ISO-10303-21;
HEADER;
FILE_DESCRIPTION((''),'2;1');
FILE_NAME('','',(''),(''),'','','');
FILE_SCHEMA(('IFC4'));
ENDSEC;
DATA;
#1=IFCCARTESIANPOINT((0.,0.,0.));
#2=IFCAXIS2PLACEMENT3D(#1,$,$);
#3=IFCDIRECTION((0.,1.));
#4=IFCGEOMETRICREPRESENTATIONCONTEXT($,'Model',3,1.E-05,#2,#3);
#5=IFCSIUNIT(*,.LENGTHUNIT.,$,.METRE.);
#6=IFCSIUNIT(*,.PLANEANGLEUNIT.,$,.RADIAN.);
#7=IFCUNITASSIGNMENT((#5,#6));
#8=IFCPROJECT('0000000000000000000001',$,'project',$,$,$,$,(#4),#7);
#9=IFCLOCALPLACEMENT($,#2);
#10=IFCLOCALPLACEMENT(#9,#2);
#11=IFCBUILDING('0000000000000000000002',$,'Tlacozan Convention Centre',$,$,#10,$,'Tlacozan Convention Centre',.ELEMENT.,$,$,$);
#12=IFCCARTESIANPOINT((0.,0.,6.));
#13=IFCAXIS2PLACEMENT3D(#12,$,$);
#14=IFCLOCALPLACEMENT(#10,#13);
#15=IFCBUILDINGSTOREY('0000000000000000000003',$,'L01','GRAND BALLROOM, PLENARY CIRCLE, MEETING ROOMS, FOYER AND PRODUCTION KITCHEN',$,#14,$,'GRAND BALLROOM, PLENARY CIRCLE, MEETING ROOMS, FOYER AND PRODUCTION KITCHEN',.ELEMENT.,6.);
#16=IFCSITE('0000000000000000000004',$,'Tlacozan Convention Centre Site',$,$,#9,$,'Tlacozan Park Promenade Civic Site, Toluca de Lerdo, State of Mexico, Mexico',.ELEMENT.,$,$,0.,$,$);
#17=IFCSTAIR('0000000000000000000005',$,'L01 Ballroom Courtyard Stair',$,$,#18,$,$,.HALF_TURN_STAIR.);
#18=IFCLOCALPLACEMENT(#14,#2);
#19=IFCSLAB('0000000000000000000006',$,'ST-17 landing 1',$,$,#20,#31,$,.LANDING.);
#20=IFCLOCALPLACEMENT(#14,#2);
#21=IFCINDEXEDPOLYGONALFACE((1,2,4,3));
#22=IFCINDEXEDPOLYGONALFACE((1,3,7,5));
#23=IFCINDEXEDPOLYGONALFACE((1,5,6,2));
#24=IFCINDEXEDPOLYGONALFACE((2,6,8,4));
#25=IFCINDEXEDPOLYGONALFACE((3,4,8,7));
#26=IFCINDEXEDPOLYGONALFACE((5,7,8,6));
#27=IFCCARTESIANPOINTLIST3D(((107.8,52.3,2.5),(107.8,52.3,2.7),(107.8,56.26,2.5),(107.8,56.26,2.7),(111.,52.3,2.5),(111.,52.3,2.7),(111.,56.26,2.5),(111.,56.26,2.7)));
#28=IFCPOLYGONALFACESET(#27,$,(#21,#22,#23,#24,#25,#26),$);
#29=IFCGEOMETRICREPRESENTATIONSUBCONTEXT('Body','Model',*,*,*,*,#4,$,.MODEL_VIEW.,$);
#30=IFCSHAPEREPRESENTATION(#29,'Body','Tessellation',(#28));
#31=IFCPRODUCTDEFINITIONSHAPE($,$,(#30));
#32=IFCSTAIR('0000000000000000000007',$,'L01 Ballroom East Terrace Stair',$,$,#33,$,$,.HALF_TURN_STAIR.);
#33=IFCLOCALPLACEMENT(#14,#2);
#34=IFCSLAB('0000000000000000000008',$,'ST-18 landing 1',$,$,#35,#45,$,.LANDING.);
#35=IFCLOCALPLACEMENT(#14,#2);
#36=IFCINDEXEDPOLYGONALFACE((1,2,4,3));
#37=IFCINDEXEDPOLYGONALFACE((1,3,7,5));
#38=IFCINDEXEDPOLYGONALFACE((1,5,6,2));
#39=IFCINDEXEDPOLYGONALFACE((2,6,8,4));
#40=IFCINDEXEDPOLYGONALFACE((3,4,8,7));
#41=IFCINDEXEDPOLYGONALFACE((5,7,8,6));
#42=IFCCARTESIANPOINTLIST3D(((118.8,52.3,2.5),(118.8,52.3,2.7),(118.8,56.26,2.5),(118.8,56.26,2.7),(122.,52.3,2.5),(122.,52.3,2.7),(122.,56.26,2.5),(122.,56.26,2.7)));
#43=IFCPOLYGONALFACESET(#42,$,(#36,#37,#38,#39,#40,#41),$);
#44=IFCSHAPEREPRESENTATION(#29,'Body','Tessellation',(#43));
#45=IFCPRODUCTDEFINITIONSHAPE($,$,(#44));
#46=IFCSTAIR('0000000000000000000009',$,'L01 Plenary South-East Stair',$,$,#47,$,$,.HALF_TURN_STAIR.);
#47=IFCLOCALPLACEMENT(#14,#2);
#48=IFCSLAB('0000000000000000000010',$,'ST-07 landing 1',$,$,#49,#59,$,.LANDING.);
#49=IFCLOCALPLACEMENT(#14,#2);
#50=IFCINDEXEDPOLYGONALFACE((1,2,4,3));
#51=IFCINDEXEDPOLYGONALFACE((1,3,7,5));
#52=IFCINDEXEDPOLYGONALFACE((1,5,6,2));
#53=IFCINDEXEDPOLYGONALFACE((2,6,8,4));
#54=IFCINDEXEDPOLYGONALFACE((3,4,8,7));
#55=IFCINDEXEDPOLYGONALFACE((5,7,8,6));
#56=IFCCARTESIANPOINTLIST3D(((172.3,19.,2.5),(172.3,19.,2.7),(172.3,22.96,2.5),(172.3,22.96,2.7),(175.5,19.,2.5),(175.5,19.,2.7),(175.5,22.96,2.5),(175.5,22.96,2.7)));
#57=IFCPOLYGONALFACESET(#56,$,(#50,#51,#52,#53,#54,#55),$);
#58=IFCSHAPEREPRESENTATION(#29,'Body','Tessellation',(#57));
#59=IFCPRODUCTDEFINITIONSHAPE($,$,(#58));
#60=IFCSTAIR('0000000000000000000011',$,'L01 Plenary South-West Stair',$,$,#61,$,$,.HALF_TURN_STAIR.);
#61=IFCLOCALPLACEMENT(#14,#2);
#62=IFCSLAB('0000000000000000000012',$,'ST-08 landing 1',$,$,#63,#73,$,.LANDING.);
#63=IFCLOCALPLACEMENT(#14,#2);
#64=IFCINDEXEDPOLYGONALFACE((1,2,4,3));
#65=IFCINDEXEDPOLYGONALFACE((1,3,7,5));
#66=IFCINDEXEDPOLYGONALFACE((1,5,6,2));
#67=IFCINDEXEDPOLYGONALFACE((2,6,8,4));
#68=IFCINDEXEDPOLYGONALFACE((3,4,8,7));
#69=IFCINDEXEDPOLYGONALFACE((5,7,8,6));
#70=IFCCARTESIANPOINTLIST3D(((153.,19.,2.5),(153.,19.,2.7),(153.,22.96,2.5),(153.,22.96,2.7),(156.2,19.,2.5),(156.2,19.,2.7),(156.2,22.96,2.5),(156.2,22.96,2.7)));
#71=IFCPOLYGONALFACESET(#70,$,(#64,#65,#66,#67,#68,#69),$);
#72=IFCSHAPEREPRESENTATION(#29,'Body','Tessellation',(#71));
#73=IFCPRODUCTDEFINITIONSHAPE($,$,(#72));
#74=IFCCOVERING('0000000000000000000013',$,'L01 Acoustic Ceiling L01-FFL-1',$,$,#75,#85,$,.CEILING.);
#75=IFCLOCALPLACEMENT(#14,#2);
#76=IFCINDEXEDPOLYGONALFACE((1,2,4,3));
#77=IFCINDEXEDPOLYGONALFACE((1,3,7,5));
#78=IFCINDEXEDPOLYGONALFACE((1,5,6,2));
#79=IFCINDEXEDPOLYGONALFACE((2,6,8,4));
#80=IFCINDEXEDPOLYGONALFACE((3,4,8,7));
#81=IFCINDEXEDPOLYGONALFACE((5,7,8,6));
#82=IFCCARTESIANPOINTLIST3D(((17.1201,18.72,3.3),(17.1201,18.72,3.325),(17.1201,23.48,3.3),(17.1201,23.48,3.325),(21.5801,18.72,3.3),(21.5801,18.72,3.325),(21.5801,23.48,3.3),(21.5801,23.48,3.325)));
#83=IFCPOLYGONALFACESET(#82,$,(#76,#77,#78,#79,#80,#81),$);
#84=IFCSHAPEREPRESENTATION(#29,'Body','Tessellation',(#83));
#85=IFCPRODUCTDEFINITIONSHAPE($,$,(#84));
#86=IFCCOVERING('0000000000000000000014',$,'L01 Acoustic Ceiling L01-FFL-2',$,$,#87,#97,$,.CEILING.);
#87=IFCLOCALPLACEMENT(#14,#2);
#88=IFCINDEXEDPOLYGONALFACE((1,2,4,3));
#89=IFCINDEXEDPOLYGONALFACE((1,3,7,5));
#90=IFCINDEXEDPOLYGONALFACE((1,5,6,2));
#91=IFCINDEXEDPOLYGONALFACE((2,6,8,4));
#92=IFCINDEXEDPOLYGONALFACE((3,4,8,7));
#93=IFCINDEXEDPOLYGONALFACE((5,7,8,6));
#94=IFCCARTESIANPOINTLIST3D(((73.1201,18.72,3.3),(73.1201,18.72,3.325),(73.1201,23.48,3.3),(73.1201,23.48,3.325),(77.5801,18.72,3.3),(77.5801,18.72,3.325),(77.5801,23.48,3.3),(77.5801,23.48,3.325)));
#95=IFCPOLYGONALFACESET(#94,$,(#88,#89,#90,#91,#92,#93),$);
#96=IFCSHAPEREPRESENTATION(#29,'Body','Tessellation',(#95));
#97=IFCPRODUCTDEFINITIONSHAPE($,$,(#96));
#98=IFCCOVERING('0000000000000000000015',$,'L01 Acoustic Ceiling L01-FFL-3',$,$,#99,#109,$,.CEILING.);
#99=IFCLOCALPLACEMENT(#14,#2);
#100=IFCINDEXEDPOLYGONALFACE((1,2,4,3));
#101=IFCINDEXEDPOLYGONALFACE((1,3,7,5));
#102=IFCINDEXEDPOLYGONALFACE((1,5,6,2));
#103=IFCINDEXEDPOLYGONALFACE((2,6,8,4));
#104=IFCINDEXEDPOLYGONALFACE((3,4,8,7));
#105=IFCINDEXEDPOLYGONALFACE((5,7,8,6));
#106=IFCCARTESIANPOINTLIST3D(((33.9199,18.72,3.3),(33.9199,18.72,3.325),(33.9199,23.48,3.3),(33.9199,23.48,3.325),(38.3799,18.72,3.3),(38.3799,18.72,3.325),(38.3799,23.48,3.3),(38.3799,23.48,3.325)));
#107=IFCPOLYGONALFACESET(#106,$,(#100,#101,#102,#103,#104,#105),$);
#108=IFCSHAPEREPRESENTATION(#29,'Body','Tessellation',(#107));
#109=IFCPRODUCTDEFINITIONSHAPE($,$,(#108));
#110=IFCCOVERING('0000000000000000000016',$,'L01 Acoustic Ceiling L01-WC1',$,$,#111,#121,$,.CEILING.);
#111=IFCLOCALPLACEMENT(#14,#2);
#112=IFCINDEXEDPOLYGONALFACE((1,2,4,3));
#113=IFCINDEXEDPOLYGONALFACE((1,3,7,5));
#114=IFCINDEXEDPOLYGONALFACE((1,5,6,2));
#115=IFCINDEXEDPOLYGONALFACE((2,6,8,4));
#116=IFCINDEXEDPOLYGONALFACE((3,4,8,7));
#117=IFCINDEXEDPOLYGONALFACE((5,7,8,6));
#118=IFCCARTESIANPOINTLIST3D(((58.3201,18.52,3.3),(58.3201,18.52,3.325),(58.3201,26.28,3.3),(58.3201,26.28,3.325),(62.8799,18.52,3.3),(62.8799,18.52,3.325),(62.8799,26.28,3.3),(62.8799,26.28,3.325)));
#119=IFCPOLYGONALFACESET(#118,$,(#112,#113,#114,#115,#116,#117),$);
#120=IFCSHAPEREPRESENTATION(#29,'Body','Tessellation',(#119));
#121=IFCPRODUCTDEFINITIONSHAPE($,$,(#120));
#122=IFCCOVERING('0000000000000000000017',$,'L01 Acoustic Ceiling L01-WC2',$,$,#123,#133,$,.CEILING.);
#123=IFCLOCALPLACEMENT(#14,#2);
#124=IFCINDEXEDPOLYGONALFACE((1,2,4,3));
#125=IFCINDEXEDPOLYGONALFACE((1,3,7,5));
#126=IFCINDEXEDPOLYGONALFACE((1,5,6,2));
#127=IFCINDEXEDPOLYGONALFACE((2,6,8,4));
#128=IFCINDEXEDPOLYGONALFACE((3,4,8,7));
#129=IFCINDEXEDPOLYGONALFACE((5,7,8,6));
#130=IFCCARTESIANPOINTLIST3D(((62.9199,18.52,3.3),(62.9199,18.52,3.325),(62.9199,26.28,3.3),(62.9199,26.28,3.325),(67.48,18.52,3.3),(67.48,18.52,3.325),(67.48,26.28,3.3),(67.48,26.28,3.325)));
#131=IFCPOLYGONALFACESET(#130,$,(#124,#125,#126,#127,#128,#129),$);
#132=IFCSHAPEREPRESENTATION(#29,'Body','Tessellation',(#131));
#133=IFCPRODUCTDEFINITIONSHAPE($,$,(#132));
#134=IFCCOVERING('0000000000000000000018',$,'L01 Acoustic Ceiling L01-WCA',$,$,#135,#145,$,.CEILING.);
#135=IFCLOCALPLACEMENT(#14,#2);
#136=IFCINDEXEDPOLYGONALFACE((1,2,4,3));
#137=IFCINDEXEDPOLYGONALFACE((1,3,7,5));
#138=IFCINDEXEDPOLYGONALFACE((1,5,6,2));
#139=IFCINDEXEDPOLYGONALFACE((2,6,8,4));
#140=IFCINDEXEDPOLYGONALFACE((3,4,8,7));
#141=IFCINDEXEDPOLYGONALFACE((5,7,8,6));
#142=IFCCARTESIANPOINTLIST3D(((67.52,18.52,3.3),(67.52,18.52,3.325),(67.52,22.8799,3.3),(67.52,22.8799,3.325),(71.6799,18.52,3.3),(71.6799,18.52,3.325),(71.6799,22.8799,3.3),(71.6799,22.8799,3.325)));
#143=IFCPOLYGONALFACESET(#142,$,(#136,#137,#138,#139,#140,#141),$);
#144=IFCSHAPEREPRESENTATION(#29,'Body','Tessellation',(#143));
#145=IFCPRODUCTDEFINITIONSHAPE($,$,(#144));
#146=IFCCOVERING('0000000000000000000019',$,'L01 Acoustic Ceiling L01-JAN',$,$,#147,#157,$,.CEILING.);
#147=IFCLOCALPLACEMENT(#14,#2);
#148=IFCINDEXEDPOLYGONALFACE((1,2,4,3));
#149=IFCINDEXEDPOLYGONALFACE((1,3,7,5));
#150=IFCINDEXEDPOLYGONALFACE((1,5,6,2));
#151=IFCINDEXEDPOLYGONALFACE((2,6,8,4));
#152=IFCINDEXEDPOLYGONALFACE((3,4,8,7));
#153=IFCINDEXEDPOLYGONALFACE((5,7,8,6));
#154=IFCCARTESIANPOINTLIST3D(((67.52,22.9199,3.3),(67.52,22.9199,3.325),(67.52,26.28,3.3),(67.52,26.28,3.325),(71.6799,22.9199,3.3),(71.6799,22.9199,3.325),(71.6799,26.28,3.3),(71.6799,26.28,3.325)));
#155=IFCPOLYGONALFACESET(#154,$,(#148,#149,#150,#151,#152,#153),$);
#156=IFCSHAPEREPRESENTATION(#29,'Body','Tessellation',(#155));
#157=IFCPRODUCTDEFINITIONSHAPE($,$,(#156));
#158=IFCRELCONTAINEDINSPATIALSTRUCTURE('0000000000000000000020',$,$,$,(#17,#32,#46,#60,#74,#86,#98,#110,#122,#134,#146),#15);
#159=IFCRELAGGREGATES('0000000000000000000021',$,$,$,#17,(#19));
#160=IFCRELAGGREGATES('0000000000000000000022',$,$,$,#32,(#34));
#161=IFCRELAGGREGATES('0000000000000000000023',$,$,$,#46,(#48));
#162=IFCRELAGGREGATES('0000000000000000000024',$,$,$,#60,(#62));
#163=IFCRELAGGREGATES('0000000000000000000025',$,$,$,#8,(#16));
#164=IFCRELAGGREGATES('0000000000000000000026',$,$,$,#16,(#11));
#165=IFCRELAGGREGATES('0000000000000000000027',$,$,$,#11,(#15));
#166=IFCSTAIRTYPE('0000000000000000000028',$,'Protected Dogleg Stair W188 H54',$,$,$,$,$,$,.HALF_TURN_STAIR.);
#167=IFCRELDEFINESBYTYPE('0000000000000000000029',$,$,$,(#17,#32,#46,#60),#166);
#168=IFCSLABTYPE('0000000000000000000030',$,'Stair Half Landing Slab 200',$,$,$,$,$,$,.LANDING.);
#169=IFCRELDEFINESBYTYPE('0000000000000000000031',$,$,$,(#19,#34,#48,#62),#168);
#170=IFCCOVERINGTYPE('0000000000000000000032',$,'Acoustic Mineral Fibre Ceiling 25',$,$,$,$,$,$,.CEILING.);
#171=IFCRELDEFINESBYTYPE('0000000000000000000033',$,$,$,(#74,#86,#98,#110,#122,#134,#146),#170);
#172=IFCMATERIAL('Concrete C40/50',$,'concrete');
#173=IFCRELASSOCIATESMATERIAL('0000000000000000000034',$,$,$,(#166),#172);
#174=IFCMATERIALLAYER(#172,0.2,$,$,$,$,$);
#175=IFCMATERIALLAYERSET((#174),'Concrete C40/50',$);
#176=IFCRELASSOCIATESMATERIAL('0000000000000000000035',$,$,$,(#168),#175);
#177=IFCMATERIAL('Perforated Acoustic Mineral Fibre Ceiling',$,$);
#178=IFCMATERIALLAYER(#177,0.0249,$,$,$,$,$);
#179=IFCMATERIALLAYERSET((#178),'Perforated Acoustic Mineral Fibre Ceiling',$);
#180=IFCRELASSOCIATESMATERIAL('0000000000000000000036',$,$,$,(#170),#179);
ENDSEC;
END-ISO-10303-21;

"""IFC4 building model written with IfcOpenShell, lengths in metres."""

from ifc_helpers import new_model, si_unit, direction, frame, origin, place, context, subcontext, project, spatial, polyline, outline, extrude, material, layer, layer_set, type_object, element, aggregate, save


model = new_model("IFC4")

# Units and contexts
model_context = context("Model", 3, precision=1e-05, world=origin(), true_north=direction((0.0, 1.0)))
body_context = subcontext(model_context, "Body", "Model", "MODEL_VIEW")
ifc_project = project(units=[si_unit("LENGTHUNIT", "METRE"), si_unit("PLANEANGLEUNIT", "RADIAN")], contexts=[model_context])

# Site, building, storey
site_placement = place(None, origin())
site = spatial("IfcSite", under=ifc_project, at=site_placement, Name="Tlacozan Convention Centre Site", LongName="Tlacozan Park Promenade Civic Site, Toluca de Lerdo, State of Mexico, Mexico", CompositionType="ELEMENT", RefElevation=0.0)
building_placement = place(site_placement, origin())
building = spatial("IfcBuilding", under=site, at=building_placement, Name="Tlacozan Convention Centre", LongName="Tlacozan Convention Centre", CompositionType="ELEMENT")
storey_placement = place(building_placement, frame((0.0, 0.0, 6.0)))
storey = spatial("IfcBuildingStorey", under=building, at=storey_placement, Name="L01", Description="GRAND BALLROOM, PLENARY CIRCLE, MEETING ROOMS, FOYER AND PRODUCTION KITCHEN", LongName="GRAND BALLROOM, PLENARY CIRCLE, MEETING ROOMS, FOYER AND PRODUCTION KITCHEN", CompositionType="ELEMENT", Elevation=6.0)

# Stairs, slabs
ifc_material_1 = material(Name="Concrete C40/50", Category="concrete")
stair_type_1 = type_object("IfcStairType", Name="Protected Dogleg Stair W188 H54", PredefinedType="HALF_TURN_STAIR", material=ifc_material_1)
ifc_layer_1 = layer(ifc_material_1, 0.2)
ifc_layer_set_1 = layer_set([ifc_layer_1], Name="Concrete C40/50")
slab_type = type_object("IfcSlabType", Name="Stair Half Landing Slab 200", PredefinedType="LANDING", material=ifc_layer_set_1)
stair_1_placement = place(storey_placement, origin())
stair_1 = element("IfcStair", 1, at=stair_1_placement, inside=storey, type_object=stair_type_1, Name="L01 Ballroom Courtyard Stair", PredefinedType="HALF_TURN_STAIR")
slab_1_placement = place(storey_placement, frame((0.0, 0.0, 2.5)))
slab_1 = element("IfcSlab", 2, at=slab_1_placement, type_object=slab_type, Name="ST-17 landing 1", PredefinedType="LANDING", context=body_context, shape_type="SweptSolid", body=[
    extrude(outline(polyline([(107.8, 52.3), (111.0, 52.3), (111.0, 56.26), (107.8, 56.26), (107.8, 52.3)])), origin(), (0.0, 0.0, 1.0), 0.2),
])
aggregate(stair_1, [slab_1])
stair_2_placement = place(storey_placement, origin())
stair_2 = element("IfcStair", 3, at=stair_2_placement, inside=storey, type_object=stair_type_1, Name="L01 Ballroom East Terrace Stair", PredefinedType="HALF_TURN_STAIR")
slab_2_placement = place(storey_placement, frame((0.0, 0.0, 2.5)))
slab_2 = element("IfcSlab", 4, at=slab_2_placement, type_object=slab_type, Name="ST-18 landing 1", PredefinedType="LANDING", context=body_context, shape_type="SweptSolid", body=[
    extrude(outline(polyline([(118.8, 52.3), (122.0, 52.3), (122.0, 56.26), (118.8, 56.26), (118.8, 52.3)])), origin(), (0.0, 0.0, 1.0), 0.2),
])
aggregate(stair_2, [slab_2])
stair_3_placement = place(storey_placement, origin())
stair_3 = element("IfcStair", 5, at=stair_3_placement, inside=storey, type_object=stair_type_1, Name="L01 Plenary South-East Stair", PredefinedType="HALF_TURN_STAIR")
slab_3_placement = place(storey_placement, frame((0.0, 0.0, 2.5)))
slab_3 = element("IfcSlab", 6, at=slab_3_placement, type_object=slab_type, Name="ST-07 landing 1", PredefinedType="LANDING", context=body_context, shape_type="SweptSolid", body=[
    extrude(outline(polyline([(172.3, 19.0), (175.5, 19.0), (175.5, 22.96), (172.3, 22.96), (172.3, 19.0)])), origin(), (0.0, 0.0, 1.0), 0.2),
])
aggregate(stair_3, [slab_3])
stair_4_placement = place(storey_placement, origin())
stair_4 = element("IfcStair", 7, at=stair_4_placement, inside=storey, type_object=stair_type_1, Name="L01 Plenary South-West Stair", PredefinedType="HALF_TURN_STAIR")
slab_4_placement = place(storey_placement, frame((0.0, 0.0, 2.5)))
slab_4 = element("IfcSlab", 8, at=slab_4_placement, type_object=slab_type, Name="ST-08 landing 1", PredefinedType="LANDING", context=body_context, shape_type="SweptSolid", body=[
    extrude(outline(polyline([(153.0, 19.0), (156.2, 19.0), (156.2, 22.96), (153.0, 22.96), (153.0, 19.0)])), origin(), (0.0, 0.0, 1.0), 0.2),
])
aggregate(stair_4, [slab_4])

# Coverings
ifc_material_2 = material(Name="Perforated Acoustic Mineral Fibre Ceiling")
ifc_layer_2 = layer(ifc_material_2, 0.0249)
ifc_layer_set_2 = layer_set([ifc_layer_2], Name="Perforated Acoustic Mineral Fibre Ceiling")
covering_type = type_object("IfcCoveringType", Name="Acoustic Mineral Fibre Ceiling 25", PredefinedType="CEILING", material=ifc_layer_set_2)
covering_1_placement = place(storey_placement, frame((0.0, 0.0, 3.3)))
element("IfcCovering", 9, at=covering_1_placement, inside=storey, type_object=covering_type, Name="L01 Acoustic Ceiling L01-FFL-1", PredefinedType="CEILING", context=body_context, shape_type="SweptSolid", body=[
    extrude(outline(polyline([(17.1201, 18.72), (21.5801, 18.72), (21.5801, 23.48), (17.1201, 23.48), (17.1201, 18.72)])), origin(), (0.0, 0.0, 1.0), 0.0249),
])
covering_2_placement = place(storey_placement, frame((0.0, 0.0, 3.3)))
element("IfcCovering", 10, at=covering_2_placement, inside=storey, type_object=covering_type, Name="L01 Acoustic Ceiling L01-FFL-2", PredefinedType="CEILING", context=body_context, shape_type="SweptSolid", body=[
    extrude(outline(polyline([(73.1201, 18.72), (77.5801, 18.72), (77.5801, 23.48), (73.1201, 23.48), (73.1201, 18.72)])), origin(), (0.0, 0.0, 1.0), 0.0249),
])
covering_3_placement = place(storey_placement, frame((0.0, 0.0, 3.3)))
element("IfcCovering", 11, at=covering_3_placement, inside=storey, type_object=covering_type, Name="L01 Acoustic Ceiling L01-FFL-3", PredefinedType="CEILING", context=body_context, shape_type="SweptSolid", body=[
    extrude(outline(polyline([(33.9199, 18.72), (38.3799, 18.72), (38.3799, 23.48), (33.9199, 23.48), (33.9199, 18.72)])), origin(), (0.0, 0.0, 1.0), 0.0249),
])
covering_4_placement = place(storey_placement, frame((0.0, 0.0, 3.3)))
element("IfcCovering", 12, at=covering_4_placement, inside=storey, type_object=covering_type, Name="L01 Acoustic Ceiling L01-WC1", PredefinedType="CEILING", context=body_context, shape_type="SweptSolid", body=[
    extrude(outline(polyline([(58.3201, 18.52), (62.8799, 18.52), (62.8799, 26.28), (58.3201, 26.28), (58.3201, 18.52)])), origin(), (0.0, 0.0, 1.0), 0.0249),
])
covering_5_placement = place(storey_placement, frame((0.0, 0.0, 3.3)))
element("IfcCovering", 13, at=covering_5_placement, inside=storey, type_object=covering_type, Name="L01 Acoustic Ceiling L01-WC2", PredefinedType="CEILING", context=body_context, shape_type="SweptSolid", body=[
    extrude(outline(polyline([(62.9199, 18.52), (67.48, 18.52), (67.48, 26.28), (62.9199, 26.28), (62.9199, 18.52)])), origin(), (0.0, 0.0, 1.0), 0.0249),
])
covering_6_placement = place(storey_placement, frame((0.0, 0.0, 3.3)))
element("IfcCovering", 14, at=covering_6_placement, inside=storey, type_object=covering_type, Name="L01 Acoustic Ceiling L01-WCA", PredefinedType="CEILING", context=body_context, shape_type="SweptSolid", body=[
    extrude(outline(polyline([(67.52, 18.52), (71.6799, 18.52), (71.6799, 22.8799), (67.52, 22.8799), (67.52, 18.52)])), origin(), (0.0, 0.0, 1.0), 0.0249),
])
covering_7_placement = place(storey_placement, frame((0.0, 0.0, 3.3)))
element("IfcCovering", 15, at=covering_7_placement, inside=storey, type_object=covering_type, Name="L01 Acoustic Ceiling L01-JAN", PredefinedType="CEILING", context=body_context, shape_type="SweptSolid", body=[
    extrude(outline(polyline([(67.52, 22.9199), (71.6799, 22.9199), (71.6799, 26.28), (67.52, 26.28), (67.52, 22.9199)])), origin(), (0.0, 0.0, 1.0), 0.0249),
])

save(model, "model.ifc")
